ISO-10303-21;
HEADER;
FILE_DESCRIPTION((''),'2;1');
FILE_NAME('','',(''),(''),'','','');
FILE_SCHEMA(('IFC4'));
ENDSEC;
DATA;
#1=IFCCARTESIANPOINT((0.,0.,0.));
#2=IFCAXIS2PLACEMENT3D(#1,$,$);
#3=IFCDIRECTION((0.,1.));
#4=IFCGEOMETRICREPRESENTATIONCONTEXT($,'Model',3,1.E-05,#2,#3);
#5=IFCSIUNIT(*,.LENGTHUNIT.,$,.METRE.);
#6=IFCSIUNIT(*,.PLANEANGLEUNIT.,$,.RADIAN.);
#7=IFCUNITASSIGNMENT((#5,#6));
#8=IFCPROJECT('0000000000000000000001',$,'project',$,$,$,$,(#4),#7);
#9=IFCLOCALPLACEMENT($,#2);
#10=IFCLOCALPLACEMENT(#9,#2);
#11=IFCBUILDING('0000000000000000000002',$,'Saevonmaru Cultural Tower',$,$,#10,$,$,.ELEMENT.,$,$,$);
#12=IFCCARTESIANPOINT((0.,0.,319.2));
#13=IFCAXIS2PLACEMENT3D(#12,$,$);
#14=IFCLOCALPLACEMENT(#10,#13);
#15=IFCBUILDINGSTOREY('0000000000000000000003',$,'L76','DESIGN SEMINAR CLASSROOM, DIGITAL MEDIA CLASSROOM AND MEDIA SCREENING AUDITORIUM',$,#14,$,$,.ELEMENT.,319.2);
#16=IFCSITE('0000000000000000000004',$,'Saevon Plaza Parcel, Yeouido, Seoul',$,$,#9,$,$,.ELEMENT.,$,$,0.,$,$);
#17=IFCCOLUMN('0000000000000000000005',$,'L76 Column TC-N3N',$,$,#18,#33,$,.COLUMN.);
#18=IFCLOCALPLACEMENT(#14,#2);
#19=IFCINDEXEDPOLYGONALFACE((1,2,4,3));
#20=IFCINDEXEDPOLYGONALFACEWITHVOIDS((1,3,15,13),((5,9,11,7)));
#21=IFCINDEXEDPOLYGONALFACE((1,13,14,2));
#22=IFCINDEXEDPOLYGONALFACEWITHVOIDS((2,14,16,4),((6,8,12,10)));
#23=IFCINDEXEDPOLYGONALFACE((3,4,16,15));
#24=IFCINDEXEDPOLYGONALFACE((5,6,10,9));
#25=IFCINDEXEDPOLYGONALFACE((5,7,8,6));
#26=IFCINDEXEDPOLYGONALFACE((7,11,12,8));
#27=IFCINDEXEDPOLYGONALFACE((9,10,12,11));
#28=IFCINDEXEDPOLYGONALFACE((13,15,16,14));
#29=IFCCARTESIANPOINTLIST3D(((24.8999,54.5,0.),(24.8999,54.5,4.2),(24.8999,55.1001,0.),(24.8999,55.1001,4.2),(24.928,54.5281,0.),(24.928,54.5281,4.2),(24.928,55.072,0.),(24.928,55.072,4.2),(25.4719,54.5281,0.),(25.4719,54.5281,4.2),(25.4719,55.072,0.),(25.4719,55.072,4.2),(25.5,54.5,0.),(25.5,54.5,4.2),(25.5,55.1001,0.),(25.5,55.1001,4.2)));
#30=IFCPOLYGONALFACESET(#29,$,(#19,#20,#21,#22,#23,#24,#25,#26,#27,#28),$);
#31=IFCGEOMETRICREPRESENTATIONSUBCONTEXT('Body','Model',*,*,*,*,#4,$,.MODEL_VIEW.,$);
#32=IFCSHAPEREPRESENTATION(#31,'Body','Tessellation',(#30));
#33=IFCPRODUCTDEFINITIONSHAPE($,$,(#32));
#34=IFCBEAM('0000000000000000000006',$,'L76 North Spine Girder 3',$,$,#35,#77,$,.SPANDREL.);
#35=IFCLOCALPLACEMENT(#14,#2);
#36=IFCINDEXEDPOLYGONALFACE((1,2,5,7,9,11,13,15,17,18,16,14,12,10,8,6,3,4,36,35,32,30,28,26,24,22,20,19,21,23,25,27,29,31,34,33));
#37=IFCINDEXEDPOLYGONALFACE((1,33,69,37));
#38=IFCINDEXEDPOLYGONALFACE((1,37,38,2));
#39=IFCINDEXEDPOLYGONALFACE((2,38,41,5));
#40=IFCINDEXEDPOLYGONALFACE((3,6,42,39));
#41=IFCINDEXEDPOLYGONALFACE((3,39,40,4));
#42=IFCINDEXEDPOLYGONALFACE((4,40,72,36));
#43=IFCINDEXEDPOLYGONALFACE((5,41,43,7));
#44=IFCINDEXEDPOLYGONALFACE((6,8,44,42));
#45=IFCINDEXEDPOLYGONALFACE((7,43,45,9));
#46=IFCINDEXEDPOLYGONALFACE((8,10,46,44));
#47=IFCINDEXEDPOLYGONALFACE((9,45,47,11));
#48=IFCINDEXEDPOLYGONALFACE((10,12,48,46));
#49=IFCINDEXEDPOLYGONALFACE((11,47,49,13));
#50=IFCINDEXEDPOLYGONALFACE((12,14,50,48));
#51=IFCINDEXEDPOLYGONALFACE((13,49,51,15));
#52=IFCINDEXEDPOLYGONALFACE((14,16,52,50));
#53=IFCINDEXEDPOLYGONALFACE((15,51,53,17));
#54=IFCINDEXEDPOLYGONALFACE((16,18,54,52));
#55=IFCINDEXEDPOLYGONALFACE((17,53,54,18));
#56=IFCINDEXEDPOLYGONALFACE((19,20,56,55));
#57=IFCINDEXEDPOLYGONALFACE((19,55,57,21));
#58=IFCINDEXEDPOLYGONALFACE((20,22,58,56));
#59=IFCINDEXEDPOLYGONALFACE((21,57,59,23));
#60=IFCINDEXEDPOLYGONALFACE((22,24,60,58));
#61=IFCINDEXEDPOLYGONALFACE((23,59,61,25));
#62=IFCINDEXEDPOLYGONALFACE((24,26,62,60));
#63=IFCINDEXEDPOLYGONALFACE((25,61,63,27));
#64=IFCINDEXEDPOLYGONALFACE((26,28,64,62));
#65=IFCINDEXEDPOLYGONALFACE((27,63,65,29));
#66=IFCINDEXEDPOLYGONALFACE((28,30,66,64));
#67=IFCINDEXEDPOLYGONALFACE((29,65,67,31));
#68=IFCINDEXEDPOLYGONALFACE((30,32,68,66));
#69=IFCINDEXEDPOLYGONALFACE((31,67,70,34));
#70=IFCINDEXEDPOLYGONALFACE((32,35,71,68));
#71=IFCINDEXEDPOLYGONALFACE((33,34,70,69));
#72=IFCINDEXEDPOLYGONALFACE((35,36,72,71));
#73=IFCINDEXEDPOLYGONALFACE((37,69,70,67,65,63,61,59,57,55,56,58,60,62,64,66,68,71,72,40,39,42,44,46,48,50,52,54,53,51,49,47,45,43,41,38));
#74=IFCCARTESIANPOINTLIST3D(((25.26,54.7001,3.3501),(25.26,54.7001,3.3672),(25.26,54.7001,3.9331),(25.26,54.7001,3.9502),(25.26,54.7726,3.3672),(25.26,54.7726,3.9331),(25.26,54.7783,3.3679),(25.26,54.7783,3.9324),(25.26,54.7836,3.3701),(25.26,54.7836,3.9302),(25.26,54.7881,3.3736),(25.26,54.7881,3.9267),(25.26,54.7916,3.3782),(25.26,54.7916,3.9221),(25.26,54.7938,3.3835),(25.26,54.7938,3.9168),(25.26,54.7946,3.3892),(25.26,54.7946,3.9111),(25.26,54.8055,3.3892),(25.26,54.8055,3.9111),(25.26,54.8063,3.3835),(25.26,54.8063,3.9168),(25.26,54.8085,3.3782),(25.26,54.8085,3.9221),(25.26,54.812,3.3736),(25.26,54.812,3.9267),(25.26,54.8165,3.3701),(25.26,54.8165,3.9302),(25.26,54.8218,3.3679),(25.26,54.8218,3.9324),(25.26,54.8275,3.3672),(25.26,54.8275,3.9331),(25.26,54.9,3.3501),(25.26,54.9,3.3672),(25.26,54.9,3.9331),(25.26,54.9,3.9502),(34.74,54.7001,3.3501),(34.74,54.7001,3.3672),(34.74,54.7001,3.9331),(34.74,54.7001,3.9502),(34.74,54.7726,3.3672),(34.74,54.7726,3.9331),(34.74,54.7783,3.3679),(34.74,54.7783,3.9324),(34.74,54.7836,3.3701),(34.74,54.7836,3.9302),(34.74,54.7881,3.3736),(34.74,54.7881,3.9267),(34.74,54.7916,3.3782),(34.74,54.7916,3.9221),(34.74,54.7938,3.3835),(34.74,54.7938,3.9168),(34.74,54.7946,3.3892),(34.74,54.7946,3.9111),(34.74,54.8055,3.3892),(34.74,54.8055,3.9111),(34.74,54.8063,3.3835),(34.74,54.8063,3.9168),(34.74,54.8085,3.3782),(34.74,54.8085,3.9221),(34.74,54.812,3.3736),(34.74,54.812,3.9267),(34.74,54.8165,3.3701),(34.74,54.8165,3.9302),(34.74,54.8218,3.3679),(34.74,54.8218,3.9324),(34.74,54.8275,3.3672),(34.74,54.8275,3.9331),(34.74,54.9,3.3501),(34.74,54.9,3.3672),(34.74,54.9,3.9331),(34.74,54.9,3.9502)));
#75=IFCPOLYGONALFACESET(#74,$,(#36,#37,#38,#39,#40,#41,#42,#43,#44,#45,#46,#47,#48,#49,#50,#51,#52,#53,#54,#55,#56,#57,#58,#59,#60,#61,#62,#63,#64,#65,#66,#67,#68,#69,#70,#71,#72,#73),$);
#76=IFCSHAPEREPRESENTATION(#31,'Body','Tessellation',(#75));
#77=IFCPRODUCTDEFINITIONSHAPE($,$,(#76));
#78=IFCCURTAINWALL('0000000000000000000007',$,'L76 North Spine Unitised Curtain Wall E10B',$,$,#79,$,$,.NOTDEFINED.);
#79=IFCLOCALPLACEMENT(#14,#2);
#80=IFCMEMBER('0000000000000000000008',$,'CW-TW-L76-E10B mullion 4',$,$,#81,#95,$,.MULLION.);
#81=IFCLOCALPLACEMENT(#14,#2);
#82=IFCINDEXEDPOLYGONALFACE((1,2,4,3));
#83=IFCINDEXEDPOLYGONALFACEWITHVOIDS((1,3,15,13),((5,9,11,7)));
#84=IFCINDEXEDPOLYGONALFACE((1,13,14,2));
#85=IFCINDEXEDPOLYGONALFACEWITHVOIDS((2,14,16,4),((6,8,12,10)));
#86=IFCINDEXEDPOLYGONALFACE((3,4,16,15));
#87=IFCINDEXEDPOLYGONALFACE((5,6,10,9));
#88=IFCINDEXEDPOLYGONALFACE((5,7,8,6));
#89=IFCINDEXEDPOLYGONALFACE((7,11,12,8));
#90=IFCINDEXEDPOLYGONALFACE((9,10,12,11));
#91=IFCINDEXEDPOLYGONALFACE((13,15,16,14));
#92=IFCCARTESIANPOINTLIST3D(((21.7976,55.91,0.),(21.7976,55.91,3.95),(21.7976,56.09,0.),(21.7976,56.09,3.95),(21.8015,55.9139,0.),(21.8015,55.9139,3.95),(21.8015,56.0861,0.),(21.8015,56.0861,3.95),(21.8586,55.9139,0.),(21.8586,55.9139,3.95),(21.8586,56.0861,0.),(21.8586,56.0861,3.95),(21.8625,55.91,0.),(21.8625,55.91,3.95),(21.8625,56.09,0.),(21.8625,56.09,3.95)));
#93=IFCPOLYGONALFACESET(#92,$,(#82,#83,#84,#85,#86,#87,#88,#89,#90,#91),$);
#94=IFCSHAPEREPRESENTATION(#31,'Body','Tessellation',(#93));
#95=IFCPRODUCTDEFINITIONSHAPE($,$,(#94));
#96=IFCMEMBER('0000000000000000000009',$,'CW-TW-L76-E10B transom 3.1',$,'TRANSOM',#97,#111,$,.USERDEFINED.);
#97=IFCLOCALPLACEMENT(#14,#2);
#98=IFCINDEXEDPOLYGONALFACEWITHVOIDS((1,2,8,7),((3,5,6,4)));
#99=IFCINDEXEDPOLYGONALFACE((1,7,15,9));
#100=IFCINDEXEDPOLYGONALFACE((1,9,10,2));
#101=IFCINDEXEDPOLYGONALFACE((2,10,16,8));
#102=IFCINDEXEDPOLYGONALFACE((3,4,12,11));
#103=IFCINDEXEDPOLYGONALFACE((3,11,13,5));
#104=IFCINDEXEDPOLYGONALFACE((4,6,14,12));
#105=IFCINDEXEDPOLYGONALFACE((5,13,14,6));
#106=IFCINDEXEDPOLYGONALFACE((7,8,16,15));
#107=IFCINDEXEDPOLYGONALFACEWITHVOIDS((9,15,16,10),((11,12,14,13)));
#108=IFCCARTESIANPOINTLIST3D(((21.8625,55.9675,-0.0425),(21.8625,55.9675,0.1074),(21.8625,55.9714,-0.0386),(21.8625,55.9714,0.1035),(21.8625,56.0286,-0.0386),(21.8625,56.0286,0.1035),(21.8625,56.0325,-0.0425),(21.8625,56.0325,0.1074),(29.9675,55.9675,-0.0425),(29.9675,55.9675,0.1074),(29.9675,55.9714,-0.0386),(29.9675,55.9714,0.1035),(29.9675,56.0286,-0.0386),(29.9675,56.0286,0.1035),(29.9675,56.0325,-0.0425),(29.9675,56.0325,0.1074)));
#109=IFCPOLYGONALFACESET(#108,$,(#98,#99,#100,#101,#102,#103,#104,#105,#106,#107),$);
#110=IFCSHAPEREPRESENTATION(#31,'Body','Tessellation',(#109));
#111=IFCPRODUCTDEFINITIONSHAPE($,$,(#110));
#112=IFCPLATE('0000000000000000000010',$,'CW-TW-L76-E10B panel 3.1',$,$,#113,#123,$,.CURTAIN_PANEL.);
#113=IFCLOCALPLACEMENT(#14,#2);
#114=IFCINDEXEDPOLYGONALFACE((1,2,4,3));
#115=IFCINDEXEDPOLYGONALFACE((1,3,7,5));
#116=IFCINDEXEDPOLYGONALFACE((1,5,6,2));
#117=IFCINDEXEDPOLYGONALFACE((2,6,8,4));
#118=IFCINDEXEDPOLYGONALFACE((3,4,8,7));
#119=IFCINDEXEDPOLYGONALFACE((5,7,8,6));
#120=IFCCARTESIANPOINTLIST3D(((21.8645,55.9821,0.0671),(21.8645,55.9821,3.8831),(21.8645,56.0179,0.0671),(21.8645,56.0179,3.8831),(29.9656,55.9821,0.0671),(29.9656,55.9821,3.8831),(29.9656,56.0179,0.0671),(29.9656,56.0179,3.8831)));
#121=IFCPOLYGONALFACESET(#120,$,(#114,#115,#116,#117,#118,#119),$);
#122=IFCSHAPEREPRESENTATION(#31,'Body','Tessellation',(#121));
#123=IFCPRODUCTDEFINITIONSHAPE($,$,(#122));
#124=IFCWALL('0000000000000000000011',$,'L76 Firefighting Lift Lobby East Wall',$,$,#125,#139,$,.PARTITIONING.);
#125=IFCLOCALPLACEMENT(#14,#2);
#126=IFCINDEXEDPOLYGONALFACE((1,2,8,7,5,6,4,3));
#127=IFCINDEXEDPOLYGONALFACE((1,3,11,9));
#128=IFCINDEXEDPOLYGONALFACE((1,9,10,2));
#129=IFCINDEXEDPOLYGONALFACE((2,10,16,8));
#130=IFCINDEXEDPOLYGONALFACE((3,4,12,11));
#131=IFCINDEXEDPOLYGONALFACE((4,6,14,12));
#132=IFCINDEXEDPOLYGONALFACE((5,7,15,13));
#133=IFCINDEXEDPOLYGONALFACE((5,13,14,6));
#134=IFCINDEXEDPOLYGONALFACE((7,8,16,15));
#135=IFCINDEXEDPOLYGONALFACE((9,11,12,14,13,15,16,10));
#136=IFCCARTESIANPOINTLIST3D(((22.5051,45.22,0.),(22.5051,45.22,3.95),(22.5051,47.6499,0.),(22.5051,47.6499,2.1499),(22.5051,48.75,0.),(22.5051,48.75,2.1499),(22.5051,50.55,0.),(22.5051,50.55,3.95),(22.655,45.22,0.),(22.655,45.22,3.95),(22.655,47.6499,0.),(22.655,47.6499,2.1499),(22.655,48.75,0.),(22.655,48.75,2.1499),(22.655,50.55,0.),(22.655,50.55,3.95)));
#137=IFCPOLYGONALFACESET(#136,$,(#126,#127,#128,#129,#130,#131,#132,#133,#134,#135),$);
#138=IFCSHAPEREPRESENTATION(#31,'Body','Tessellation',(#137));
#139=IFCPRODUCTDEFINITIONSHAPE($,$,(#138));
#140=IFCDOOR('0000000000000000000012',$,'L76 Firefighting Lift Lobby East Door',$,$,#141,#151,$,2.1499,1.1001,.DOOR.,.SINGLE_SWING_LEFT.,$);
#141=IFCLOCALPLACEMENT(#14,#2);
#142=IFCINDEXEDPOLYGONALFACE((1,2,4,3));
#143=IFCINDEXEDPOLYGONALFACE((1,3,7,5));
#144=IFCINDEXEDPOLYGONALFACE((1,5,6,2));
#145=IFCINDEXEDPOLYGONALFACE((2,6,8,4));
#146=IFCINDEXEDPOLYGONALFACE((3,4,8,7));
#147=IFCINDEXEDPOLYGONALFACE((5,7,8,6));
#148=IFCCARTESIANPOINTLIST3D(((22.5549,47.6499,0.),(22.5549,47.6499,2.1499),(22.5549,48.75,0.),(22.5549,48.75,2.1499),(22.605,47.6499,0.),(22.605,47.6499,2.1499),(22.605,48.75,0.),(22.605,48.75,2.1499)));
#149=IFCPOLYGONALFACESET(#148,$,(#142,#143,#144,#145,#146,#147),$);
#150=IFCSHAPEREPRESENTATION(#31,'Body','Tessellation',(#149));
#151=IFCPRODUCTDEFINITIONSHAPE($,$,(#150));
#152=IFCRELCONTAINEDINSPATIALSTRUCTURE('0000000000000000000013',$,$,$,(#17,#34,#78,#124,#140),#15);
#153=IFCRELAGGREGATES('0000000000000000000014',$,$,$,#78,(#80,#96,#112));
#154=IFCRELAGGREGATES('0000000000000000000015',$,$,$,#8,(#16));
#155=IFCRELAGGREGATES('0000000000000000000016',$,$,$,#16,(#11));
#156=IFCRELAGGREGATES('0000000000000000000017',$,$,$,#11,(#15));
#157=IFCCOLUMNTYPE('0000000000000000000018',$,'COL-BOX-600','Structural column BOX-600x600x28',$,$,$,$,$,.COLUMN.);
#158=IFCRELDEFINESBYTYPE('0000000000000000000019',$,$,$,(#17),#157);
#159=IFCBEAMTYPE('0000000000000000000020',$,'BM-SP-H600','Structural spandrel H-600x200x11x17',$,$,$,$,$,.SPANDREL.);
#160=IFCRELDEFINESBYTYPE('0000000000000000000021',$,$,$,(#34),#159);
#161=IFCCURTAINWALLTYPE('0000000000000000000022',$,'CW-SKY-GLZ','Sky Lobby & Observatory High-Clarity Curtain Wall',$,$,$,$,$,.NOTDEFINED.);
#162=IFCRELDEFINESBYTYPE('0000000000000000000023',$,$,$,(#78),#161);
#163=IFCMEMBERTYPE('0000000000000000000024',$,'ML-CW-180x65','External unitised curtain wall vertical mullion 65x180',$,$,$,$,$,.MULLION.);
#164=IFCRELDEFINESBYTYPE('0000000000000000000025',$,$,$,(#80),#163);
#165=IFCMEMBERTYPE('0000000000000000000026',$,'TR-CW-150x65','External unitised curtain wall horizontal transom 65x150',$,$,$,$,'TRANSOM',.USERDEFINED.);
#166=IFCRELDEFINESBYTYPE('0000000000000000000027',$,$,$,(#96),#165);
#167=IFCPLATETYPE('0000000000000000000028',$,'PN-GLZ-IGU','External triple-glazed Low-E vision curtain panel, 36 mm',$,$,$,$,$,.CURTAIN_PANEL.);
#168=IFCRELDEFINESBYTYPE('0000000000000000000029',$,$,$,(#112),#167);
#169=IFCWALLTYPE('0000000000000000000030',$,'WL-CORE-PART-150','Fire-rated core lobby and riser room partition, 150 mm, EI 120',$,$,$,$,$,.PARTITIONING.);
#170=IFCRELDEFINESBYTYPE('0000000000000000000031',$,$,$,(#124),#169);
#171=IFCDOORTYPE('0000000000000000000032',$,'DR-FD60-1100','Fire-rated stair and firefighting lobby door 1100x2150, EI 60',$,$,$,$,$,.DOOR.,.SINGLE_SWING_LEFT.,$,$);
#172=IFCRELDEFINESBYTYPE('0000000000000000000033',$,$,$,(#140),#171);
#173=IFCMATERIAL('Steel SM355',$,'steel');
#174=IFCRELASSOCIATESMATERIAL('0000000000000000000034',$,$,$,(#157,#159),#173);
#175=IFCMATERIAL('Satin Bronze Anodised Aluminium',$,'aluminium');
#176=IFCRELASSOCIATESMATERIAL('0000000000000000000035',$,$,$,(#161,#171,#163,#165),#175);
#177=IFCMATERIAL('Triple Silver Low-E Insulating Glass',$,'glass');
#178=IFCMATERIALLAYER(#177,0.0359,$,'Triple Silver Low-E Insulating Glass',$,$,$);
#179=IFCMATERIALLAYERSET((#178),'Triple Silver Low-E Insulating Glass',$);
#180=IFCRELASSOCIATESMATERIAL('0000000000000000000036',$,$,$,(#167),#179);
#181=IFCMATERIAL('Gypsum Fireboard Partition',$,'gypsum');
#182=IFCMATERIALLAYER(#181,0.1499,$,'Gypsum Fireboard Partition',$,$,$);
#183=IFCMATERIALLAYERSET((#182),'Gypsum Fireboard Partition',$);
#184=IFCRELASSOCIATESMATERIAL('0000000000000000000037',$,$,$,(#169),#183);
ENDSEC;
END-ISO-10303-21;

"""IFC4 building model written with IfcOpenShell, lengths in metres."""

from ifc_helpers import new_model, si_unit, direction, frame, frame_2d, origin, origin_2d, place, context, subcontext, project, spatial, rectangle, hollow_rectangle, i_section, extrude, material, layer, layer_set, material_profile, profile_set, type_object, element, fill, aggregate, save


model = new_model("IFC4")

# Units and contexts
model_context = context("Model", 3, precision=1e-05, world=origin(), true_north=direction((0.0, 1.0)))
body_context = subcontext(model_context, "Body", "Model", "MODEL_VIEW")
ifc_project = project(units=[si_unit("LENGTHUNIT", "METRE"), si_unit("PLANEANGLEUNIT", "RADIAN")], contexts=[model_context])

# Site, building, storey
site_placement = place(None, origin())
site = spatial("IfcSite", under=ifc_project, at=site_placement, Name="Saevon Plaza Parcel, Yeouido, Seoul", CompositionType="ELEMENT", RefElevation=0.0)
building_placement = place(site_placement, origin())
building = spatial("IfcBuilding", under=site, at=building_placement, Name="Saevonmaru Cultural Tower", CompositionType="ELEMENT")
storey_placement = place(building_placement, frame((0.0, 0.0, 319.2)))
storey = spatial("IfcBuildingStorey", under=building, at=storey_placement, Name="L76", Description="DESIGN SEMINAR CLASSROOM, DIGITAL MEDIA CLASSROOM AND MEDIA SCREENING AUDITORIUM", CompositionType="ELEMENT", Elevation=319.2)

# Column
ifc_material_1 = material(Name="Steel SM355", Category="steel")
ifc_material_profile_1 = material_profile(ifc_material_1, hollow_rectangle(XDim=0.6001, YDim=0.6001, WallThickness=0.0281, at=origin_2d()), Name="BOX-600x600x28")
ifc_profile_set_1 = profile_set([ifc_material_profile_1], Name="Steel SM355")
column_type = type_object("IfcColumnType", Name="COL-BOX-600", Description="Structural column BOX-600x600x28", PredefinedType="COLUMN", material=ifc_profile_set_1)
column_placement = place(storey_placement, frame((25.2, 54.8, 0.0), z_axis=(0.0, 0.0, 1.0), x_axis=(1.0, 0.0, 0.0)))
element("IfcColumn", 1, at=column_placement, inside=storey, type_object=column_type, Name="L76 Column TC-N3N", PredefinedType="COLUMN", context=body_context, shape_type="SweptSolid", body=[
    extrude(hollow_rectangle(XDim=0.6001, YDim=0.6001, WallThickness=0.0281, at=origin_2d()), origin(), (0.0, 0.0, 1.0), 4.2),
])

# Beam
ifc_material_profile_2 = material_profile(ifc_material_1, i_section(OverallWidth=0.2, OverallDepth=0.6001, WebThickness=0.011, FlangeThickness=0.0171, FilletRadius=0.022, at=origin_2d()), Name="H-600x200x11x17")
ifc_profile_set_2 = profile_set([ifc_material_profile_2], Name="Steel SM355")
beam_type = type_object("IfcBeamType", Name="BM-SP-H600", Description="Structural spandrel H-600x200x11x17", PredefinedType="SPANDREL", material=ifc_profile_set_2)
beam_placement = place(storey_placement, frame((25.26, 54.8, 3.6501), z_axis=(1.0, 0.0, 0.0), x_axis=(0.0, 1.0, 0.0)))
element("IfcBeam", 2, at=beam_placement, inside=storey, type_object=beam_type, Name="L76 North Spine Girder 3", PredefinedType="SPANDREL", context=body_context, shape_type="SweptSolid", body=[
    extrude(i_section(OverallWidth=0.2, OverallDepth=0.6001, WebThickness=0.011, FlangeThickness=0.0171, FilletRadius=0.022, at=origin_2d()), origin(), (0.0, 0.0, 1.0), 9.48),
])

# Curtain wall, members, plate
ifc_material_2 = material(Name="Satin Bronze Anodised Aluminium", Category="aluminium")
curtain_wall_type = type_object("IfcCurtainWallType", Name="CW-SKY-GLZ", Description="Sky Lobby & Observatory High-Clarity Curtain Wall", PredefinedType="NOTDEFINED", material=ifc_material_2)
curtain_wall_placement = place(storey_placement, origin())
curtain_wall = element("IfcCurtainWall", 3, at=curtain_wall_placement, inside=storey, type_object=curtain_wall_type, Name="L76 North Spine Unitised Curtain Wall E10B", PredefinedType="NOTDEFINED")
ifc_material_profile_3 = material_profile(ifc_material_2, hollow_rectangle(XDim=0.0649, YDim=0.1799, WallThickness=0.0039, at=origin_2d()), Name="ALU-MULL-180x65x4")
ifc_profile_set_3 = profile_set([ifc_material_profile_3], Name="Satin Bronze Anodised Aluminium")
member_type_1 = type_object("IfcMemberType", Name="ML-CW-180x65", Description="External unitised curtain wall vertical mullion 65x180", PredefinedType="MULLION", material=ifc_profile_set_3)
member_1_placement = place(storey_placement, frame((21.8301, 56.0, 0.0), z_axis=(0.0, 0.0, 1.0), x_axis=(-1.0, 0.0, 0.0)))
member_1 = element("IfcMember", 4, at=member_1_placement, type_object=member_type_1, Name="CW-TW-L76-E10B mullion 4", PredefinedType="MULLION", context=body_context, shape_type="SweptSolid", body=[
    extrude(hollow_rectangle(XDim=0.0649, YDim=0.1799, WallThickness=0.0039, at=origin_2d()), origin(), (0.0, 0.0, 1.0), 3.95),
])
ifc_material_profile_4 = material_profile(ifc_material_2, hollow_rectangle(XDim=0.0649, YDim=0.1499, WallThickness=0.0039, at=origin_2d()), Name="ALU-TRAN-150x65x4")
ifc_profile_set_4 = profile_set([ifc_material_profile_4], Name="Satin Bronze Anodised Aluminium")
member_type_2 = type_object("IfcMemberType", Name="TR-CW-150x65", Description="External unitised curtain wall horizontal transom 65x150", ElementType="TRANSOM", PredefinedType="USERDEFINED", material=ifc_profile_set_4)
member_2_placement = place(storey_placement, frame((29.9675, 56.0, 0.0325), z_axis=(-1.0, 0.0, 0.0), x_axis=(0.0, -1.0, 0.0)))
member_2 = element("IfcMember", 5, at=member_2_placement, type_object=member_type_2, Name="CW-TW-L76-E10B transom 3.1", ObjectType="TRANSOM", PredefinedType="USERDEFINED", context=body_context, shape_type="SweptSolid", body=[
    extrude(hollow_rectangle(XDim=0.0649, YDim=0.1499, WallThickness=0.0039, at=origin_2d()), origin(), (0.0, 0.0, 1.0), 8.105),
])
ifc_material_3 = material(Name="Triple Silver Low-E Insulating Glass", Category="glass")
ifc_layer_1 = layer(ifc_material_3, 0.0359, Name="Triple Silver Low-E Insulating Glass")
ifc_layer_set_1 = layer_set([ifc_layer_1], Name="Triple Silver Low-E Insulating Glass")
plate_type = type_object("IfcPlateType", Name="PN-GLZ-IGU", Description="External triple-glazed Low-E vision curtain panel, 36 mm", PredefinedType="CURTAIN_PANEL", material=ifc_layer_set_1)
plate_placement = place(storey_placement, frame((25.915, 56.0, 0.0671), z_axis=(0.0, 0.0, 1.0), x_axis=(-1.0, 0.0, 0.0)))
plate = element("IfcPlate", 6, at=plate_placement, type_object=plate_type, Name="CW-TW-L76-E10B panel 3.1", PredefinedType="CURTAIN_PANEL", context=body_context, shape_type="SweptSolid", body=[
    extrude(rectangle(XDim=8.1011, YDim=0.0359, at=origin_2d()), origin(), (0.0, 0.0, 1.0), 3.8159),
])
aggregate(curtain_wall, [member_1, member_2, plate])

# Wall, opening, door
ifc_material_4 = material(Name="Gypsum Fireboard Partition", Category="gypsum")
ifc_layer_2 = layer(ifc_material_4, 0.1499, Name="Gypsum Fireboard Partition")
ifc_layer_set_2 = layer_set([ifc_layer_2], Name="Gypsum Fireboard Partition")
wall_type_1 = type_object("IfcWallType", Name="WL-CORE-PART-150", Description="Fire-rated core lobby and riser room partition, 150 mm, EI 120", PredefinedType="PARTITIONING", material=ifc_layer_set_2)
wall_1_placement = place(storey_placement, frame((22.5801, 50.55, 0.0), z_axis=(0.0, 0.0, 1.0), x_axis=(0.0, -1.0, 0.0)))
wall_1 = element("IfcWall", 7, at=wall_1_placement, inside=storey, type_object=wall_type_1, Name="L76 Firefighting Lift Lobby East Wall", PredefinedType="PARTITIONING", context=body_context, shape_type="SweptSolid", body=[
    extrude(rectangle(XDim=5.3301, YDim=0.1499, at=frame_2d((2.665, 0.0))), origin(), (0.0, 0.0, 1.0), 3.95),
])
opening_1_placement = place(wall_1_placement, frame((1.8, 0.0, 0.0)))
opening_1 = element("IfcOpeningElement", 8, at=opening_1_placement, cuts=wall_1, PredefinedType="OPENING", context=body_context, shape_type="SweptSolid", body=[
    extrude(rectangle(XDim=1.1001, YDim=2.1499, at=frame_2d((0.55, 1.075))), frame((0.0, 0.085, 0.0), z_axis=(0.0, -1.0, 0.0), x_axis=(1.0, 0.0, 0.0)), (0.0, 0.0, 1.0), 0.1699),
])
door_type_1 = type_object("IfcDoorType", Name="DR-FD60-1100", Description="Fire-rated stair and firefighting lobby door 1100x2150, EI 60", OperationType="SINGLE_SWING_LEFT", PredefinedType="DOOR", material=ifc_material_2)
door_1_placement = place(opening_1_placement, origin())
door_1 = element("IfcDoor", 9, at=door_1_placement, inside=storey, type_object=door_type_1, Name="L76 Firefighting Lift Lobby East Door", OperationType="SINGLE_SWING_LEFT", OverallHeight=2.1499, OverallWidth=1.1001, PredefinedType="DOOR", context=body_context, shape_type="SweptSolid", body=[
    extrude(rectangle(XDim=1.1001, YDim=2.1499, at=frame_2d((0.55, 1.075))), frame((0.0, 0.0249, 0.0), z_axis=(0.0, -1.0, 0.0), x_axis=(1.0, 0.0, 0.0)), (0.0, 0.0, 1.0), 0.05),
])
fill(opening_1, door_1)

save(model, "model.ifc")
